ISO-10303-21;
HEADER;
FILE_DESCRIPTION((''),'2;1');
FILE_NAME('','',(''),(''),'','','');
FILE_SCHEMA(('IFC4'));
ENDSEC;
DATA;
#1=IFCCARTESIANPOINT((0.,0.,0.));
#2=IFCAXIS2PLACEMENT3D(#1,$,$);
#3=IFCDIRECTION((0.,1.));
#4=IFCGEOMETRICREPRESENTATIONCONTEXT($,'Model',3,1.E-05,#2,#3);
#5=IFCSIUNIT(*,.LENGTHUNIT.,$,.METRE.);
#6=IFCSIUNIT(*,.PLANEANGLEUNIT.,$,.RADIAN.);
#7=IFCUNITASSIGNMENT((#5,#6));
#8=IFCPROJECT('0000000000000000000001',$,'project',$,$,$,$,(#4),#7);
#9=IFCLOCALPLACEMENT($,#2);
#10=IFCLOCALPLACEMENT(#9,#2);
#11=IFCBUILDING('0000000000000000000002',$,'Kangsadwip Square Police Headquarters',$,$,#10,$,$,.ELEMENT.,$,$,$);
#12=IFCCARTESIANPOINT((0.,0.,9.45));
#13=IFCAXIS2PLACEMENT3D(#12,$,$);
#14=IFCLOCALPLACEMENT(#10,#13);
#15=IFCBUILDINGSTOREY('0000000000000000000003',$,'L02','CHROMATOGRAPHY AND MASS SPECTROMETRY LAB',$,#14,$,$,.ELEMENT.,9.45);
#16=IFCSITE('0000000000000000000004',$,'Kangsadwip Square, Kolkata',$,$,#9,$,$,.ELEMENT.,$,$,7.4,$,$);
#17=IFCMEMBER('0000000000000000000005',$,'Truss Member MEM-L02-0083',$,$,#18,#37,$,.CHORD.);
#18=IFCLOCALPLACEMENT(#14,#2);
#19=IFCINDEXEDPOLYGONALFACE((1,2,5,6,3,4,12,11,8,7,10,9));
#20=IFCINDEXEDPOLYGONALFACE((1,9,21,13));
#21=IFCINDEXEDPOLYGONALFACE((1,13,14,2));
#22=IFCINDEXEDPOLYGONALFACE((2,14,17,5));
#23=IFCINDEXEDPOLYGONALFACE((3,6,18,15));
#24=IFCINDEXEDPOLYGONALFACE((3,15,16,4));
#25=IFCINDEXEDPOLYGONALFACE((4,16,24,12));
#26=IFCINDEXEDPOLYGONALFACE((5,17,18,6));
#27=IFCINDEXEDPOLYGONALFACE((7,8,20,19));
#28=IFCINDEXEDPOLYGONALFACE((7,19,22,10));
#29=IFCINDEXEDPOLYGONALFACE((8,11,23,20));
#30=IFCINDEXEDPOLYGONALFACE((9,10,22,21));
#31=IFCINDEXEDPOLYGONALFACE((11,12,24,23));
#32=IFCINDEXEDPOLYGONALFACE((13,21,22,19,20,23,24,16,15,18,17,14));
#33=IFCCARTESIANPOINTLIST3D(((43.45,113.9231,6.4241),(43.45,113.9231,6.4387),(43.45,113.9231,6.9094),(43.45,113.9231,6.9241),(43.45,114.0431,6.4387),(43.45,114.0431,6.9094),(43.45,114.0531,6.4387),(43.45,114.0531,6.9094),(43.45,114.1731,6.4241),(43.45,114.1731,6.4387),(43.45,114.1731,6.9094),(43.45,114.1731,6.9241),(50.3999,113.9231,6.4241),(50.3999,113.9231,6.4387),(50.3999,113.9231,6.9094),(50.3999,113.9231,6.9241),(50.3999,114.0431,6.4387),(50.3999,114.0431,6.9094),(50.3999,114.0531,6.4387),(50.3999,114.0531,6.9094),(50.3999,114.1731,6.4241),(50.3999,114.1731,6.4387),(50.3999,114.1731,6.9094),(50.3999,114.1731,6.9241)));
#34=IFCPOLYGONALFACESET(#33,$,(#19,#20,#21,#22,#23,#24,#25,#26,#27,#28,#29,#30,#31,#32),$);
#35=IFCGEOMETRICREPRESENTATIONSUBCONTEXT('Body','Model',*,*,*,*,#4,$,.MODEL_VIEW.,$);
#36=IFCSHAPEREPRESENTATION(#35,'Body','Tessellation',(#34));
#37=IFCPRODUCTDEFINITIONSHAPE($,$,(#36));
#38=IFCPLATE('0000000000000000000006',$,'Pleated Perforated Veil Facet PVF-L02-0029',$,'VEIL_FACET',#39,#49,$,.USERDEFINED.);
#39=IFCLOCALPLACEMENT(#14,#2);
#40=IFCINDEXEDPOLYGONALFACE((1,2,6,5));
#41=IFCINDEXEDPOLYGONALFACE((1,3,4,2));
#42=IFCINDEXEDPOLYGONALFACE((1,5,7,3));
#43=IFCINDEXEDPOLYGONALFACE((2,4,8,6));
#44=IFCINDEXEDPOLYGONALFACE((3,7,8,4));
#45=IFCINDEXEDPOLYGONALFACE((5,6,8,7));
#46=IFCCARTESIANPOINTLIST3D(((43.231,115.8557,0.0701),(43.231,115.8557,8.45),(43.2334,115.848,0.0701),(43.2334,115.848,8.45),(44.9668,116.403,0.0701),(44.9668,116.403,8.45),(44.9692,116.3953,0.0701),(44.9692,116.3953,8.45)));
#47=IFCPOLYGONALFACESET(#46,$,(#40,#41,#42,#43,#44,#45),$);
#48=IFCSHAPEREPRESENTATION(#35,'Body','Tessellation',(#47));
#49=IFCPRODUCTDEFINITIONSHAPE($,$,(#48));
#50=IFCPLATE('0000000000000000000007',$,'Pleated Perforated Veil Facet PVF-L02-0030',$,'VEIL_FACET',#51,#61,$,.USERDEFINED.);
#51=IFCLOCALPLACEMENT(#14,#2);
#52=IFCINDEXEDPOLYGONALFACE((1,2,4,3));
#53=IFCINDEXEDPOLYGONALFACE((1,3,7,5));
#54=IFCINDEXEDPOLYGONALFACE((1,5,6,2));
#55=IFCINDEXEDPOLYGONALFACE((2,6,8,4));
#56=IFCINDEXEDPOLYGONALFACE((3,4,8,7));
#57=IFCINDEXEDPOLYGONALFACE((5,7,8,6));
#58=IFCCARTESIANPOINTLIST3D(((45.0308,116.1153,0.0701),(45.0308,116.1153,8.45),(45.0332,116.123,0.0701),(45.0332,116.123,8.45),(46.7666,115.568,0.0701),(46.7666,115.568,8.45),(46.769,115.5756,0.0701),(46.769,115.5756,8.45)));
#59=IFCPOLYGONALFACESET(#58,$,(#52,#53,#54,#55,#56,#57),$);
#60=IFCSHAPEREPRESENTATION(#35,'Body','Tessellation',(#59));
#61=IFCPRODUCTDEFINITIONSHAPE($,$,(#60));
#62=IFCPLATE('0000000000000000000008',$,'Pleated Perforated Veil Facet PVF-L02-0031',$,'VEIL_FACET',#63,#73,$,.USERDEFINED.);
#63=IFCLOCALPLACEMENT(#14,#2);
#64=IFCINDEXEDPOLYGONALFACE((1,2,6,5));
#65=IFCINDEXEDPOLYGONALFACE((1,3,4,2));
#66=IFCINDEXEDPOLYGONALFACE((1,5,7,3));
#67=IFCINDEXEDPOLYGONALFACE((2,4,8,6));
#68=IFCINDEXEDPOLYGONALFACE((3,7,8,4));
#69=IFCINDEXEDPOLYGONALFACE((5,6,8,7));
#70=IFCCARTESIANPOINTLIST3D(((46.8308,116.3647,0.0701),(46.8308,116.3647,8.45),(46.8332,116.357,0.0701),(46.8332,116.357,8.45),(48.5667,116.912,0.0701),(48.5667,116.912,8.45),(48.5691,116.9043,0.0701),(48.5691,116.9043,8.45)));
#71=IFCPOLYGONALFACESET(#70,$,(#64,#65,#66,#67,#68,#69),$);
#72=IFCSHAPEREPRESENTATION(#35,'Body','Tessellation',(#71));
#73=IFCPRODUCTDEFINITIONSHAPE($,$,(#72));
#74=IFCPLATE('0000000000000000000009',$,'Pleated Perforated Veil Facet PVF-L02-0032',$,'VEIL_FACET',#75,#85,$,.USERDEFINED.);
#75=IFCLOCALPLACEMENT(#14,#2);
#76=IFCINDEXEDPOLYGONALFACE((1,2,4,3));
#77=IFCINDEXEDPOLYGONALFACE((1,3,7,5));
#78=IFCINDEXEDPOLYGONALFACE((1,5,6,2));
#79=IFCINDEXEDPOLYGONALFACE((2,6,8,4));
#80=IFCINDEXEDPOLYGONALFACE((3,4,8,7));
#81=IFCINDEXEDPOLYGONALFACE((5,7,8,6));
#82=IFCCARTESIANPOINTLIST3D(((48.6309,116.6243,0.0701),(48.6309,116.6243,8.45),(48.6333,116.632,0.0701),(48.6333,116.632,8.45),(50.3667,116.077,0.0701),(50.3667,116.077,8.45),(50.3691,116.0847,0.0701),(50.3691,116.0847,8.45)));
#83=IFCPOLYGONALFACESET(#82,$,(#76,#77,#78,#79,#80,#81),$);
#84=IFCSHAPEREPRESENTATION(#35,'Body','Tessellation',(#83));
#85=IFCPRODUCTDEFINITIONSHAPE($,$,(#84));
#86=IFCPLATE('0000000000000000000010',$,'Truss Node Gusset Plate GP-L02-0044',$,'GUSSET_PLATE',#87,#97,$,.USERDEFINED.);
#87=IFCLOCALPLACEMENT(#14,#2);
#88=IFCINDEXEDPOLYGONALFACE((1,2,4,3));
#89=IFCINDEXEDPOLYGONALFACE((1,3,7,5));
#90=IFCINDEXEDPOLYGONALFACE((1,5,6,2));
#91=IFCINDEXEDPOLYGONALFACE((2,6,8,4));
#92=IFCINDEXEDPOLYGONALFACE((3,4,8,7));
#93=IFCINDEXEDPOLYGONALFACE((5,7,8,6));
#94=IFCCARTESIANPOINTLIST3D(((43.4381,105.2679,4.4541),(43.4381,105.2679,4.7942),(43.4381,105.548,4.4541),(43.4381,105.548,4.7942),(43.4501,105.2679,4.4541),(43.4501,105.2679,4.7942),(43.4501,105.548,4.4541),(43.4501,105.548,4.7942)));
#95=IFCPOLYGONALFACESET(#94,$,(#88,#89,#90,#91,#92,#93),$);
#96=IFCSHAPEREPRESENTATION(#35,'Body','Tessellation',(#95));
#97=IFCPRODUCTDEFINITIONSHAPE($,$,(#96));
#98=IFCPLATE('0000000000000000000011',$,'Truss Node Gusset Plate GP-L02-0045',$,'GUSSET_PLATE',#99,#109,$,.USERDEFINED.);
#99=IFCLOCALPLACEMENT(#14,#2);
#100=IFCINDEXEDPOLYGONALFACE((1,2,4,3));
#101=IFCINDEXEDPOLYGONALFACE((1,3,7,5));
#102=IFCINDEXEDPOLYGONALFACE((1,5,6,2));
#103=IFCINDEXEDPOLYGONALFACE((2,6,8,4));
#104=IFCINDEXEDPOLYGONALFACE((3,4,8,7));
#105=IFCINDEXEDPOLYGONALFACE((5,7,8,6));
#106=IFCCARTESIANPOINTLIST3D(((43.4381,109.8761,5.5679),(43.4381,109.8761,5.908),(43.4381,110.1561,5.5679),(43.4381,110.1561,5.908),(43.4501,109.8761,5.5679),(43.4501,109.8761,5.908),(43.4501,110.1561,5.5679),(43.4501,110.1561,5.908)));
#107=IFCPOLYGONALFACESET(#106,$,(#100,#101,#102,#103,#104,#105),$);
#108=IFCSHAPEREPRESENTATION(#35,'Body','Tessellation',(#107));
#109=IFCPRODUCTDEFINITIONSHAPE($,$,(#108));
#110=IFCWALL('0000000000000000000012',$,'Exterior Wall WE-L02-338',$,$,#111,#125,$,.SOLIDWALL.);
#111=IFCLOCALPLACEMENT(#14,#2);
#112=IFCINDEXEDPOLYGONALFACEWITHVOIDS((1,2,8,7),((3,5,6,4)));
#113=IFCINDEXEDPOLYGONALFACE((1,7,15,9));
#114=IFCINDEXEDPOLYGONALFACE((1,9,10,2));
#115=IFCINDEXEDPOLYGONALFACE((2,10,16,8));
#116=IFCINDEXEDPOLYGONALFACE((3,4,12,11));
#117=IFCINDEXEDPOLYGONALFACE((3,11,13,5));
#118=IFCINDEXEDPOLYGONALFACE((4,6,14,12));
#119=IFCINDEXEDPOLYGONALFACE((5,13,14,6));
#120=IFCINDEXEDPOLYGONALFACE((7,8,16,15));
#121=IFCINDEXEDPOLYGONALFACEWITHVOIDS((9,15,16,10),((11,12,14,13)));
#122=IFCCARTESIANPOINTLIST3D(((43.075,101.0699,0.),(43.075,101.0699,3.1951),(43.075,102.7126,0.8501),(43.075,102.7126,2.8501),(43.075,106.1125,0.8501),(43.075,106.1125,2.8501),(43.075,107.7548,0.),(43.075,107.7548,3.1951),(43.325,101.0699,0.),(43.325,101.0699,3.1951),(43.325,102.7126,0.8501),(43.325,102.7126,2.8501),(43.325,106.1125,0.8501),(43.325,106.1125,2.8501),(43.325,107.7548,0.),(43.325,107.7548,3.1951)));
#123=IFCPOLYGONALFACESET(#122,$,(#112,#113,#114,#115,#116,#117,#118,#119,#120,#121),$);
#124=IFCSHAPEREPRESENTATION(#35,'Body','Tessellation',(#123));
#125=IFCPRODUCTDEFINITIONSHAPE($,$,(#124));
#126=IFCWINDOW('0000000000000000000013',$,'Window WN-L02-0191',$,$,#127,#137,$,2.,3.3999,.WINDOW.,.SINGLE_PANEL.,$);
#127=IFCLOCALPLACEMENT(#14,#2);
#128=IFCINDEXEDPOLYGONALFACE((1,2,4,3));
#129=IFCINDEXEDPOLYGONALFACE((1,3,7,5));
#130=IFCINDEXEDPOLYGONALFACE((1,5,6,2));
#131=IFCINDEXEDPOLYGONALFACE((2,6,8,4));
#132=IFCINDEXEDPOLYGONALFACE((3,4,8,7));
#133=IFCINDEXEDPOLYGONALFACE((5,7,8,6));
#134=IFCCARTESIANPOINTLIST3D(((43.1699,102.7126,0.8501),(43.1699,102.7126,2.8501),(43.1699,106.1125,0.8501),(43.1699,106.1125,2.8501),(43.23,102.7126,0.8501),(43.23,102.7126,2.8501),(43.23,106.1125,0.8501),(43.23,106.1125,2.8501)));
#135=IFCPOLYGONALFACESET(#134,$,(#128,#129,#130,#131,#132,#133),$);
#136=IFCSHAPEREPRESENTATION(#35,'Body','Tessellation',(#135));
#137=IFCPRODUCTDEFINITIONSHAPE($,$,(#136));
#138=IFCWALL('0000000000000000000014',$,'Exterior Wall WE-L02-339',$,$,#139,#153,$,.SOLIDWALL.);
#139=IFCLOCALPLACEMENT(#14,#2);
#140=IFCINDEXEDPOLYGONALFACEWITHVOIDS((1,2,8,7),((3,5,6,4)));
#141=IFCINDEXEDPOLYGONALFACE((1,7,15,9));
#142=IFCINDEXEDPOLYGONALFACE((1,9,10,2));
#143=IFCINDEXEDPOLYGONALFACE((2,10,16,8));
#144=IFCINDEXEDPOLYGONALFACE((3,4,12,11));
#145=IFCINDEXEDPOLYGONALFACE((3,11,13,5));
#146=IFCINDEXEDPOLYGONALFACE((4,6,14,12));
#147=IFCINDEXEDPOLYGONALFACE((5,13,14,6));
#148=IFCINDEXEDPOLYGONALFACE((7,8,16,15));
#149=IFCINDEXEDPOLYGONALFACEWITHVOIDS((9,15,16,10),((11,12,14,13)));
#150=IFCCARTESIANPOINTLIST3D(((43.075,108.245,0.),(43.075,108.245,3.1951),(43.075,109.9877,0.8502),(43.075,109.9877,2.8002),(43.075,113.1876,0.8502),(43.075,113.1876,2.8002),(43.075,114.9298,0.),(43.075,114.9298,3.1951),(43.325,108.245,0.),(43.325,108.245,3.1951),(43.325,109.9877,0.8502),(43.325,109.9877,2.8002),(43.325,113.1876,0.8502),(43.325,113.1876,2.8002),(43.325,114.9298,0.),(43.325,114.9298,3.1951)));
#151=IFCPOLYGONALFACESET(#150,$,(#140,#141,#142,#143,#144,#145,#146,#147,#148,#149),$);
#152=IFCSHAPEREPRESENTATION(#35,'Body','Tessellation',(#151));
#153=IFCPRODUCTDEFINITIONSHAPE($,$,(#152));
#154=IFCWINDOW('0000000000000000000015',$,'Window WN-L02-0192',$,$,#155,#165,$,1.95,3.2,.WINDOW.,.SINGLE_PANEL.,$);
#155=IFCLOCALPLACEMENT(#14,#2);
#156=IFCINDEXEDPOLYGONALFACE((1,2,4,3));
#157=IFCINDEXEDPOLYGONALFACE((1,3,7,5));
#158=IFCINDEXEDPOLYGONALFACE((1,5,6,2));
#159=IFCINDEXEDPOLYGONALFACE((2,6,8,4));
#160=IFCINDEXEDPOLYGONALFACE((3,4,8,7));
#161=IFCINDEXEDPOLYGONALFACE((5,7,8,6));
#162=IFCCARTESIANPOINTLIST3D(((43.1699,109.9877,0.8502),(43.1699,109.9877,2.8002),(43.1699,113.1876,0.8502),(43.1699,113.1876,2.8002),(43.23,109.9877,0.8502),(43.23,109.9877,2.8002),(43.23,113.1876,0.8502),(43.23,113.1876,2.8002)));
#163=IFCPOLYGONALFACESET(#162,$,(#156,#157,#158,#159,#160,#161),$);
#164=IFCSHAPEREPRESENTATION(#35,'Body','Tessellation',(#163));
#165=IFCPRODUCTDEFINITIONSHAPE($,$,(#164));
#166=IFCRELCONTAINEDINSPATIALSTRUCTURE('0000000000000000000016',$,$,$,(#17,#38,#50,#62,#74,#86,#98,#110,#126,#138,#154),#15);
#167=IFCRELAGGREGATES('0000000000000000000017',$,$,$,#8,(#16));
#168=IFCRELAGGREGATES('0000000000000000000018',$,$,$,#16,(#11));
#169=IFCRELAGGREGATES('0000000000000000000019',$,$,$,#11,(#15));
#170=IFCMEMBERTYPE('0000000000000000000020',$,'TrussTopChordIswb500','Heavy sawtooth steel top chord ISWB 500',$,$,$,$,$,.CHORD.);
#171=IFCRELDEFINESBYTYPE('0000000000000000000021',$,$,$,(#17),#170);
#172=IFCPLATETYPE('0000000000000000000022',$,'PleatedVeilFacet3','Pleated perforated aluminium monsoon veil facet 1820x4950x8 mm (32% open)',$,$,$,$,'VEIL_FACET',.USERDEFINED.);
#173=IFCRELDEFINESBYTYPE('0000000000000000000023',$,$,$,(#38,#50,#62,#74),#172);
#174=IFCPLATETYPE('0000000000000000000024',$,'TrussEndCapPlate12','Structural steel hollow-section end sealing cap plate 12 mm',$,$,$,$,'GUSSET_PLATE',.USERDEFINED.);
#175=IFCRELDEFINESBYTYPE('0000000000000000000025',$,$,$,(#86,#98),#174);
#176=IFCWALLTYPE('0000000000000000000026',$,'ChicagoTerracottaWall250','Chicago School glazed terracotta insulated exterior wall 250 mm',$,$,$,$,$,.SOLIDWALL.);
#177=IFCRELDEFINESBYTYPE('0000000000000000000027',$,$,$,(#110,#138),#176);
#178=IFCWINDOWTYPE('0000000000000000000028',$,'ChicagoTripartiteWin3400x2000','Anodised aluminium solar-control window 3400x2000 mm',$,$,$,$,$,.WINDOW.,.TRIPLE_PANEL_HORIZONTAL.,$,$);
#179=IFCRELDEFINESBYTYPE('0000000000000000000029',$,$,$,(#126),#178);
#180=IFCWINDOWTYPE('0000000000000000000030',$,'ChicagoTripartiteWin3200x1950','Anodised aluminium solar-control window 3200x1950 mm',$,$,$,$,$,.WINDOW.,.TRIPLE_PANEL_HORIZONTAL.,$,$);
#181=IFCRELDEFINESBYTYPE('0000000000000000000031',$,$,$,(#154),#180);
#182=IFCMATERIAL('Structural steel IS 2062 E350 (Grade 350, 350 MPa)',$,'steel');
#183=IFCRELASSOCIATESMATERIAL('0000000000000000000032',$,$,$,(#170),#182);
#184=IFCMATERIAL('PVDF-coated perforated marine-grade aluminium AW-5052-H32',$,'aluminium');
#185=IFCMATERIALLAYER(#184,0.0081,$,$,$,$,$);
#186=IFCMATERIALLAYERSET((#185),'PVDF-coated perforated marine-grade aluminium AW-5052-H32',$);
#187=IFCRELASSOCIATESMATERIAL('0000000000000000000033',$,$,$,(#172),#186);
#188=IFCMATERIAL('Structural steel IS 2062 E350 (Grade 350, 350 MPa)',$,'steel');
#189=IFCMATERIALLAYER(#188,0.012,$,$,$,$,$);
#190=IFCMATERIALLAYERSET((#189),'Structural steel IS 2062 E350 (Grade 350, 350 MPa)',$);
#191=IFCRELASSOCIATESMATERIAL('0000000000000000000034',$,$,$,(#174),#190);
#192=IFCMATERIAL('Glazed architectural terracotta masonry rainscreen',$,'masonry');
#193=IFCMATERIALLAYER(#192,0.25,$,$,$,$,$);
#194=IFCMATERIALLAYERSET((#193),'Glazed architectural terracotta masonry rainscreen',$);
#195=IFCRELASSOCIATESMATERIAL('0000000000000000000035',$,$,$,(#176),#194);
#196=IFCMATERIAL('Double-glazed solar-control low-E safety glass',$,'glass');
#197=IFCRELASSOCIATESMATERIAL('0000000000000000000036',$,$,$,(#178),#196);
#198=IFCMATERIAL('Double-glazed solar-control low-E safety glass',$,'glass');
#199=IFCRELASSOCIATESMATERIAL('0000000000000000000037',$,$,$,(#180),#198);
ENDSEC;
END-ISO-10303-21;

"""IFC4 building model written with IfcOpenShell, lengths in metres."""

from ifc_helpers import new_model, si_unit, direction, frame, frame_2d, origin, origin_2d, place, context, subcontext, project, spatial, rectangle, i_section, extrude, material, layer, layer_set, material_profile, profile_set, type_object, element, fill, save


model = new_model("IFC4")

# Units and contexts
model_context = context("Model", 3, precision=1e-05, world=origin(), true_north=direction((0.0, 1.0)))
body_context = subcontext(model_context, "Body", "Model", "MODEL_VIEW")
ifc_project = project(units=[si_unit("LENGTHUNIT", "METRE"), si_unit("PLANEANGLEUNIT", "RADIAN")], contexts=[model_context])

# Site, building, storey
site_placement = place(None, origin())
site = spatial("IfcSite", under=ifc_project, at=site_placement, Name="Kangsadwip Square, Kolkata", CompositionType="ELEMENT", RefElevation=7.4)
building_placement = place(site_placement, origin())
building = spatial("IfcBuilding", under=site, at=building_placement, Name="Kangsadwip Square Police Headquarters", CompositionType="ELEMENT")
storey_placement = place(building_placement, frame((0.0, 0.0, 9.45)))
storey = spatial("IfcBuildingStorey", under=building, at=storey_placement, Name="L02", Description="CHROMATOGRAPHY AND MASS SPECTROMETRY LAB", CompositionType="ELEMENT", Elevation=9.45)

# Member
ifc_material_1 = material(Name="Structural steel IS 2062 E350 (Grade 350, 350 MPa)", Category="steel")
ifc_material_profile_1 = material_profile(ifc_material_1, i_section(OverallWidth=0.25, OverallDepth=0.5, WebThickness=0.01, FlangeThickness=0.0146, at=origin_2d()), Name="ISWB 500")
ifc_profile_set_1 = profile_set([ifc_material_profile_1], Name="Structural steel IS 2062 E350 (Grade 350, 350 MPa)")
member_type_1 = type_object("IfcMemberType", Name="TrussTopChordIswb500", Description="Heavy sawtooth steel top chord ISWB 500", PredefinedType="CHORD", material=ifc_profile_set_1)
member_1_placement = place(storey_placement, frame((43.45, 114.0481, 6.6741), z_axis=(1.0, 0.0, 0.0), x_axis=(0.0, 1.0, 0.0)))
element("IfcMember", 1, at=member_1_placement, inside=storey, type_object=member_type_1, Name="Truss Member MEM-L02-0083", PredefinedType="CHORD", context=body_context, shape_type="SweptSolid", body=[
    extrude(i_section(OverallWidth=0.25, OverallDepth=0.5, WebThickness=0.01, FlangeThickness=0.0146, at=origin_2d()), origin(), (0.0, 0.0, 1.0), 6.95),
])

# Plates
ifc_material_2 = material(Name="PVDF-coated perforated marine-grade aluminium AW-5052-H32", Category="aluminium")
ifc_layer_1 = layer(ifc_material_2, 0.0081)
ifc_layer_set_1 = layer_set([ifc_layer_1], Name="PVDF-coated perforated marine-grade aluminium AW-5052-H32")
plate_type_1 = type_object("IfcPlateType", Name="PleatedVeilFacet3", Description="Pleated perforated aluminium monsoon veil facet 1820x4950x8 mm (32% open)", ElementType="VEIL_FACET", PredefinedType="USERDEFINED", material=ifc_layer_set_1)
for number, where, z_axis, x_axis, name in (
    (2, (44.1001, 116.1255, 0.0701), (0.0, 0.0, 1.0), (0.953717, 0.300706, 0.0), "Pleated Perforated Veil Facet PVF-L02-0029"),
    (3, (45.8999, 115.8455, 0.0701), (0.0, 0.0, 1.0), (0.953717, -0.300706, 0.0), "Pleated Perforated Veil Facet PVF-L02-0030"),
    (4, (47.7, 116.6345, 0.0701), (0.0, 0.0, 1.0), (0.953717, 0.300706, 0.0), "Pleated Perforated Veil Facet PVF-L02-0031"),
    (5, (49.5, 116.3545, 0.0701), (0.0, 0.0, 1.0), (0.953717, -0.300706, 0.0), "Pleated Perforated Veil Facet PVF-L02-0032"),
):
    element("IfcPlate", number, at=place(storey_placement, frame(where, z_axis=z_axis, x_axis=x_axis)), inside=storey, type_object=plate_type_1, Name=name, ObjectType="VEIL_FACET", PredefinedType="USERDEFINED", context=body_context, shape_type="SweptSolid", body=[
        extrude(rectangle(XDim=1.8201, YDim=0.0081, at=origin_2d()), origin(), (0.0, 0.0, 1.0), 8.3799),
    ])
ifc_material_3 = material(Name="Structural steel IS 2062 E350 (Grade 350, 350 MPa)", Category="steel")
ifc_layer_2 = layer(ifc_material_3, 0.012)
ifc_layer_set_2 = layer_set([ifc_layer_2], Name="Structural steel IS 2062 E350 (Grade 350, 350 MPa)")
plate_type_2 = type_object("IfcPlateType", Name="TrussEndCapPlate12", Description="Structural steel hollow-section end sealing cap plate 12 mm", ElementType="GUSSET_PLATE", PredefinedType="USERDEFINED", material=ifc_layer_set_2)
for number, where, z_axis, x_axis, name in (
    (6, (43.4441, 105.408, 4.4541), (0.0, 0.0, 1.0), (0.0, 1.0, 0.0), "Truss Node Gusset Plate GP-L02-0044"),
    (7, (43.4441, 110.0161, 5.5679), (0.0, 0.0, 1.0), (0.0, 1.0, 0.0), "Truss Node Gusset Plate GP-L02-0045"),
):
    element("IfcPlate", number, at=place(storey_placement, frame(where, z_axis=z_axis, x_axis=x_axis)), inside=storey, type_object=plate_type_2, Name=name, ObjectType="GUSSET_PLATE", PredefinedType="USERDEFINED", context=body_context, shape_type="SweptSolid", body=[
        extrude(rectangle(XDim=0.28, YDim=0.012, at=origin_2d()), origin(), (0.0, 0.0, 1.0), 0.3401),
    ])

# Walls, openings, windows
ifc_material_4 = material(Name="Glazed architectural terracotta masonry rainscreen", Category="masonry")
ifc_layer_3 = layer(ifc_material_4, 0.25)
ifc_layer_set_3 = layer_set([ifc_layer_3], Name="Glazed architectural terracotta masonry rainscreen")
wall_type_1 = type_object("IfcWallType", Name="ChicagoTerracottaWall250", Description="Chicago School glazed terracotta insulated exterior wall 250 mm", PredefinedType="SOLIDWALL", material=ifc_layer_set_3)
wall_1_placement = place(storey_placement, frame((43.2, 101.0701, 0.0), z_axis=(0.0, 0.0, 1.0), x_axis=(0.0, 1.0, 0.0)))
wall_1 = element("IfcWall", 8, at=wall_1_placement, inside=storey, type_object=wall_type_1, Name="Exterior Wall WE-L02-338", PredefinedType="SOLIDWALL", context=body_context, shape_type="SweptSolid", body=[
    extrude(rectangle(XDim=6.6848, YDim=0.25, at=frame_2d((3.3423, 0.0))), origin(), (0.0, 0.0, 1.0), 3.1951),
])
opening_1_placement = place(wall_1_placement, frame((1.6426, 0.0, 0.8501)))
opening_1 = element("IfcOpeningElement", 9, at=opening_1_placement, cuts=wall_1, PredefinedType="OPENING", context=body_context, shape_type="SweptSolid", body=[
    extrude(rectangle(XDim=3.3999, YDim=2.0, at=frame_2d((1.7, 1.0))), frame((0.0, 0.135, 0.0), z_axis=(0.0, -1.0, 0.0), x_axis=(1.0, 0.0, 0.0)), (0.0, 0.0, 1.0), 0.27),
])
ifc_material_5 = material(Name="Double-glazed solar-control low-E safety glass", Category="glass")
window_type_1 = type_object("IfcWindowType", Name="ChicagoTripartiteWin3400x2000", Description="Anodised aluminium solar-control window 3400x2000 mm", PartitioningType="TRIPLE_PANEL_HORIZONTAL", PredefinedType="WINDOW", material=ifc_material_5)
window_1_placement = place(opening_1_placement, origin())
window_1 = element("IfcWindow", 10, at=window_1_placement, inside=storey, type_object=window_type_1, Name="Window WN-L02-0191", OverallHeight=2.0, OverallWidth=3.3999, PartitioningType="SINGLE_PANEL", PredefinedType="WINDOW", context=body_context, shape_type="SweptSolid", body=[
    extrude(rectangle(XDim=3.3999, YDim=2.0, at=frame_2d((1.7, 1.0))), frame((0.0, 0.03, 0.0), z_axis=(0.0, -1.0, 0.0), x_axis=(1.0, 0.0, 0.0)), (0.0, 0.0, 1.0), 0.0601),
])
fill(opening_1, window_1)
wall_2_placement = place(storey_placement, frame((43.2, 108.2451, 0.0), z_axis=(0.0, 0.0, 1.0), x_axis=(0.0, 1.0, 0.0)))
wall_2 = element("IfcWall", 11, at=wall_2_placement, inside=storey, type_object=wall_type_1, Name="Exterior Wall WE-L02-339", PredefinedType="SOLIDWALL", context=body_context, shape_type="SweptSolid", body=[
    extrude(rectangle(XDim=6.6848, YDim=0.25, at=frame_2d((3.3423, 0.0))), origin(), (0.0, 0.0, 1.0), 3.1951),
])
opening_2_placement = place(wall_2_placement, frame((1.7424, 0.0, 0.8501)))
opening_2 = element("IfcOpeningElement", 12, at=opening_2_placement, cuts=wall_2, PredefinedType="OPENING", context=body_context, shape_type="SweptSolid", body=[
    extrude(rectangle(XDim=3.2, YDim=1.95, at=frame_2d((1.6001, 0.9751))), frame((0.0, 0.135, 0.0), z_axis=(0.0, -1.0, 0.0), x_axis=(1.0, 0.0, 0.0)), (0.0, 0.0, 1.0), 0.27),
])
ifc_material_6 = material(Name="Double-glazed solar-control low-E safety glass", Category="glass")
window_type_2 = type_object("IfcWindowType", Name="ChicagoTripartiteWin3200x1950", Description="Anodised aluminium solar-control window 3200x1950 mm", PartitioningType="TRIPLE_PANEL_HORIZONTAL", PredefinedType="WINDOW", material=ifc_material_6)
window_2_placement = place(opening_2_placement, origin())
window_2 = element("IfcWindow", 13, at=window_2_placement, inside=storey, type_object=window_type_2, Name="Window WN-L02-0192", OverallHeight=1.95, OverallWidth=3.2, PartitioningType="SINGLE_PANEL", PredefinedType="WINDOW", context=body_context, shape_type="SweptSolid", body=[
    extrude(rectangle(XDim=3.2, YDim=1.95, at=frame_2d((1.6001, 0.9751))), frame((0.0, 0.03, 0.0), z_axis=(0.0, -1.0, 0.0), x_axis=(1.0, 0.0, 0.0)), (0.0, 0.0, 1.0), 0.0601),
])
fill(opening_2, window_2)

save(model, "model.ifc")
